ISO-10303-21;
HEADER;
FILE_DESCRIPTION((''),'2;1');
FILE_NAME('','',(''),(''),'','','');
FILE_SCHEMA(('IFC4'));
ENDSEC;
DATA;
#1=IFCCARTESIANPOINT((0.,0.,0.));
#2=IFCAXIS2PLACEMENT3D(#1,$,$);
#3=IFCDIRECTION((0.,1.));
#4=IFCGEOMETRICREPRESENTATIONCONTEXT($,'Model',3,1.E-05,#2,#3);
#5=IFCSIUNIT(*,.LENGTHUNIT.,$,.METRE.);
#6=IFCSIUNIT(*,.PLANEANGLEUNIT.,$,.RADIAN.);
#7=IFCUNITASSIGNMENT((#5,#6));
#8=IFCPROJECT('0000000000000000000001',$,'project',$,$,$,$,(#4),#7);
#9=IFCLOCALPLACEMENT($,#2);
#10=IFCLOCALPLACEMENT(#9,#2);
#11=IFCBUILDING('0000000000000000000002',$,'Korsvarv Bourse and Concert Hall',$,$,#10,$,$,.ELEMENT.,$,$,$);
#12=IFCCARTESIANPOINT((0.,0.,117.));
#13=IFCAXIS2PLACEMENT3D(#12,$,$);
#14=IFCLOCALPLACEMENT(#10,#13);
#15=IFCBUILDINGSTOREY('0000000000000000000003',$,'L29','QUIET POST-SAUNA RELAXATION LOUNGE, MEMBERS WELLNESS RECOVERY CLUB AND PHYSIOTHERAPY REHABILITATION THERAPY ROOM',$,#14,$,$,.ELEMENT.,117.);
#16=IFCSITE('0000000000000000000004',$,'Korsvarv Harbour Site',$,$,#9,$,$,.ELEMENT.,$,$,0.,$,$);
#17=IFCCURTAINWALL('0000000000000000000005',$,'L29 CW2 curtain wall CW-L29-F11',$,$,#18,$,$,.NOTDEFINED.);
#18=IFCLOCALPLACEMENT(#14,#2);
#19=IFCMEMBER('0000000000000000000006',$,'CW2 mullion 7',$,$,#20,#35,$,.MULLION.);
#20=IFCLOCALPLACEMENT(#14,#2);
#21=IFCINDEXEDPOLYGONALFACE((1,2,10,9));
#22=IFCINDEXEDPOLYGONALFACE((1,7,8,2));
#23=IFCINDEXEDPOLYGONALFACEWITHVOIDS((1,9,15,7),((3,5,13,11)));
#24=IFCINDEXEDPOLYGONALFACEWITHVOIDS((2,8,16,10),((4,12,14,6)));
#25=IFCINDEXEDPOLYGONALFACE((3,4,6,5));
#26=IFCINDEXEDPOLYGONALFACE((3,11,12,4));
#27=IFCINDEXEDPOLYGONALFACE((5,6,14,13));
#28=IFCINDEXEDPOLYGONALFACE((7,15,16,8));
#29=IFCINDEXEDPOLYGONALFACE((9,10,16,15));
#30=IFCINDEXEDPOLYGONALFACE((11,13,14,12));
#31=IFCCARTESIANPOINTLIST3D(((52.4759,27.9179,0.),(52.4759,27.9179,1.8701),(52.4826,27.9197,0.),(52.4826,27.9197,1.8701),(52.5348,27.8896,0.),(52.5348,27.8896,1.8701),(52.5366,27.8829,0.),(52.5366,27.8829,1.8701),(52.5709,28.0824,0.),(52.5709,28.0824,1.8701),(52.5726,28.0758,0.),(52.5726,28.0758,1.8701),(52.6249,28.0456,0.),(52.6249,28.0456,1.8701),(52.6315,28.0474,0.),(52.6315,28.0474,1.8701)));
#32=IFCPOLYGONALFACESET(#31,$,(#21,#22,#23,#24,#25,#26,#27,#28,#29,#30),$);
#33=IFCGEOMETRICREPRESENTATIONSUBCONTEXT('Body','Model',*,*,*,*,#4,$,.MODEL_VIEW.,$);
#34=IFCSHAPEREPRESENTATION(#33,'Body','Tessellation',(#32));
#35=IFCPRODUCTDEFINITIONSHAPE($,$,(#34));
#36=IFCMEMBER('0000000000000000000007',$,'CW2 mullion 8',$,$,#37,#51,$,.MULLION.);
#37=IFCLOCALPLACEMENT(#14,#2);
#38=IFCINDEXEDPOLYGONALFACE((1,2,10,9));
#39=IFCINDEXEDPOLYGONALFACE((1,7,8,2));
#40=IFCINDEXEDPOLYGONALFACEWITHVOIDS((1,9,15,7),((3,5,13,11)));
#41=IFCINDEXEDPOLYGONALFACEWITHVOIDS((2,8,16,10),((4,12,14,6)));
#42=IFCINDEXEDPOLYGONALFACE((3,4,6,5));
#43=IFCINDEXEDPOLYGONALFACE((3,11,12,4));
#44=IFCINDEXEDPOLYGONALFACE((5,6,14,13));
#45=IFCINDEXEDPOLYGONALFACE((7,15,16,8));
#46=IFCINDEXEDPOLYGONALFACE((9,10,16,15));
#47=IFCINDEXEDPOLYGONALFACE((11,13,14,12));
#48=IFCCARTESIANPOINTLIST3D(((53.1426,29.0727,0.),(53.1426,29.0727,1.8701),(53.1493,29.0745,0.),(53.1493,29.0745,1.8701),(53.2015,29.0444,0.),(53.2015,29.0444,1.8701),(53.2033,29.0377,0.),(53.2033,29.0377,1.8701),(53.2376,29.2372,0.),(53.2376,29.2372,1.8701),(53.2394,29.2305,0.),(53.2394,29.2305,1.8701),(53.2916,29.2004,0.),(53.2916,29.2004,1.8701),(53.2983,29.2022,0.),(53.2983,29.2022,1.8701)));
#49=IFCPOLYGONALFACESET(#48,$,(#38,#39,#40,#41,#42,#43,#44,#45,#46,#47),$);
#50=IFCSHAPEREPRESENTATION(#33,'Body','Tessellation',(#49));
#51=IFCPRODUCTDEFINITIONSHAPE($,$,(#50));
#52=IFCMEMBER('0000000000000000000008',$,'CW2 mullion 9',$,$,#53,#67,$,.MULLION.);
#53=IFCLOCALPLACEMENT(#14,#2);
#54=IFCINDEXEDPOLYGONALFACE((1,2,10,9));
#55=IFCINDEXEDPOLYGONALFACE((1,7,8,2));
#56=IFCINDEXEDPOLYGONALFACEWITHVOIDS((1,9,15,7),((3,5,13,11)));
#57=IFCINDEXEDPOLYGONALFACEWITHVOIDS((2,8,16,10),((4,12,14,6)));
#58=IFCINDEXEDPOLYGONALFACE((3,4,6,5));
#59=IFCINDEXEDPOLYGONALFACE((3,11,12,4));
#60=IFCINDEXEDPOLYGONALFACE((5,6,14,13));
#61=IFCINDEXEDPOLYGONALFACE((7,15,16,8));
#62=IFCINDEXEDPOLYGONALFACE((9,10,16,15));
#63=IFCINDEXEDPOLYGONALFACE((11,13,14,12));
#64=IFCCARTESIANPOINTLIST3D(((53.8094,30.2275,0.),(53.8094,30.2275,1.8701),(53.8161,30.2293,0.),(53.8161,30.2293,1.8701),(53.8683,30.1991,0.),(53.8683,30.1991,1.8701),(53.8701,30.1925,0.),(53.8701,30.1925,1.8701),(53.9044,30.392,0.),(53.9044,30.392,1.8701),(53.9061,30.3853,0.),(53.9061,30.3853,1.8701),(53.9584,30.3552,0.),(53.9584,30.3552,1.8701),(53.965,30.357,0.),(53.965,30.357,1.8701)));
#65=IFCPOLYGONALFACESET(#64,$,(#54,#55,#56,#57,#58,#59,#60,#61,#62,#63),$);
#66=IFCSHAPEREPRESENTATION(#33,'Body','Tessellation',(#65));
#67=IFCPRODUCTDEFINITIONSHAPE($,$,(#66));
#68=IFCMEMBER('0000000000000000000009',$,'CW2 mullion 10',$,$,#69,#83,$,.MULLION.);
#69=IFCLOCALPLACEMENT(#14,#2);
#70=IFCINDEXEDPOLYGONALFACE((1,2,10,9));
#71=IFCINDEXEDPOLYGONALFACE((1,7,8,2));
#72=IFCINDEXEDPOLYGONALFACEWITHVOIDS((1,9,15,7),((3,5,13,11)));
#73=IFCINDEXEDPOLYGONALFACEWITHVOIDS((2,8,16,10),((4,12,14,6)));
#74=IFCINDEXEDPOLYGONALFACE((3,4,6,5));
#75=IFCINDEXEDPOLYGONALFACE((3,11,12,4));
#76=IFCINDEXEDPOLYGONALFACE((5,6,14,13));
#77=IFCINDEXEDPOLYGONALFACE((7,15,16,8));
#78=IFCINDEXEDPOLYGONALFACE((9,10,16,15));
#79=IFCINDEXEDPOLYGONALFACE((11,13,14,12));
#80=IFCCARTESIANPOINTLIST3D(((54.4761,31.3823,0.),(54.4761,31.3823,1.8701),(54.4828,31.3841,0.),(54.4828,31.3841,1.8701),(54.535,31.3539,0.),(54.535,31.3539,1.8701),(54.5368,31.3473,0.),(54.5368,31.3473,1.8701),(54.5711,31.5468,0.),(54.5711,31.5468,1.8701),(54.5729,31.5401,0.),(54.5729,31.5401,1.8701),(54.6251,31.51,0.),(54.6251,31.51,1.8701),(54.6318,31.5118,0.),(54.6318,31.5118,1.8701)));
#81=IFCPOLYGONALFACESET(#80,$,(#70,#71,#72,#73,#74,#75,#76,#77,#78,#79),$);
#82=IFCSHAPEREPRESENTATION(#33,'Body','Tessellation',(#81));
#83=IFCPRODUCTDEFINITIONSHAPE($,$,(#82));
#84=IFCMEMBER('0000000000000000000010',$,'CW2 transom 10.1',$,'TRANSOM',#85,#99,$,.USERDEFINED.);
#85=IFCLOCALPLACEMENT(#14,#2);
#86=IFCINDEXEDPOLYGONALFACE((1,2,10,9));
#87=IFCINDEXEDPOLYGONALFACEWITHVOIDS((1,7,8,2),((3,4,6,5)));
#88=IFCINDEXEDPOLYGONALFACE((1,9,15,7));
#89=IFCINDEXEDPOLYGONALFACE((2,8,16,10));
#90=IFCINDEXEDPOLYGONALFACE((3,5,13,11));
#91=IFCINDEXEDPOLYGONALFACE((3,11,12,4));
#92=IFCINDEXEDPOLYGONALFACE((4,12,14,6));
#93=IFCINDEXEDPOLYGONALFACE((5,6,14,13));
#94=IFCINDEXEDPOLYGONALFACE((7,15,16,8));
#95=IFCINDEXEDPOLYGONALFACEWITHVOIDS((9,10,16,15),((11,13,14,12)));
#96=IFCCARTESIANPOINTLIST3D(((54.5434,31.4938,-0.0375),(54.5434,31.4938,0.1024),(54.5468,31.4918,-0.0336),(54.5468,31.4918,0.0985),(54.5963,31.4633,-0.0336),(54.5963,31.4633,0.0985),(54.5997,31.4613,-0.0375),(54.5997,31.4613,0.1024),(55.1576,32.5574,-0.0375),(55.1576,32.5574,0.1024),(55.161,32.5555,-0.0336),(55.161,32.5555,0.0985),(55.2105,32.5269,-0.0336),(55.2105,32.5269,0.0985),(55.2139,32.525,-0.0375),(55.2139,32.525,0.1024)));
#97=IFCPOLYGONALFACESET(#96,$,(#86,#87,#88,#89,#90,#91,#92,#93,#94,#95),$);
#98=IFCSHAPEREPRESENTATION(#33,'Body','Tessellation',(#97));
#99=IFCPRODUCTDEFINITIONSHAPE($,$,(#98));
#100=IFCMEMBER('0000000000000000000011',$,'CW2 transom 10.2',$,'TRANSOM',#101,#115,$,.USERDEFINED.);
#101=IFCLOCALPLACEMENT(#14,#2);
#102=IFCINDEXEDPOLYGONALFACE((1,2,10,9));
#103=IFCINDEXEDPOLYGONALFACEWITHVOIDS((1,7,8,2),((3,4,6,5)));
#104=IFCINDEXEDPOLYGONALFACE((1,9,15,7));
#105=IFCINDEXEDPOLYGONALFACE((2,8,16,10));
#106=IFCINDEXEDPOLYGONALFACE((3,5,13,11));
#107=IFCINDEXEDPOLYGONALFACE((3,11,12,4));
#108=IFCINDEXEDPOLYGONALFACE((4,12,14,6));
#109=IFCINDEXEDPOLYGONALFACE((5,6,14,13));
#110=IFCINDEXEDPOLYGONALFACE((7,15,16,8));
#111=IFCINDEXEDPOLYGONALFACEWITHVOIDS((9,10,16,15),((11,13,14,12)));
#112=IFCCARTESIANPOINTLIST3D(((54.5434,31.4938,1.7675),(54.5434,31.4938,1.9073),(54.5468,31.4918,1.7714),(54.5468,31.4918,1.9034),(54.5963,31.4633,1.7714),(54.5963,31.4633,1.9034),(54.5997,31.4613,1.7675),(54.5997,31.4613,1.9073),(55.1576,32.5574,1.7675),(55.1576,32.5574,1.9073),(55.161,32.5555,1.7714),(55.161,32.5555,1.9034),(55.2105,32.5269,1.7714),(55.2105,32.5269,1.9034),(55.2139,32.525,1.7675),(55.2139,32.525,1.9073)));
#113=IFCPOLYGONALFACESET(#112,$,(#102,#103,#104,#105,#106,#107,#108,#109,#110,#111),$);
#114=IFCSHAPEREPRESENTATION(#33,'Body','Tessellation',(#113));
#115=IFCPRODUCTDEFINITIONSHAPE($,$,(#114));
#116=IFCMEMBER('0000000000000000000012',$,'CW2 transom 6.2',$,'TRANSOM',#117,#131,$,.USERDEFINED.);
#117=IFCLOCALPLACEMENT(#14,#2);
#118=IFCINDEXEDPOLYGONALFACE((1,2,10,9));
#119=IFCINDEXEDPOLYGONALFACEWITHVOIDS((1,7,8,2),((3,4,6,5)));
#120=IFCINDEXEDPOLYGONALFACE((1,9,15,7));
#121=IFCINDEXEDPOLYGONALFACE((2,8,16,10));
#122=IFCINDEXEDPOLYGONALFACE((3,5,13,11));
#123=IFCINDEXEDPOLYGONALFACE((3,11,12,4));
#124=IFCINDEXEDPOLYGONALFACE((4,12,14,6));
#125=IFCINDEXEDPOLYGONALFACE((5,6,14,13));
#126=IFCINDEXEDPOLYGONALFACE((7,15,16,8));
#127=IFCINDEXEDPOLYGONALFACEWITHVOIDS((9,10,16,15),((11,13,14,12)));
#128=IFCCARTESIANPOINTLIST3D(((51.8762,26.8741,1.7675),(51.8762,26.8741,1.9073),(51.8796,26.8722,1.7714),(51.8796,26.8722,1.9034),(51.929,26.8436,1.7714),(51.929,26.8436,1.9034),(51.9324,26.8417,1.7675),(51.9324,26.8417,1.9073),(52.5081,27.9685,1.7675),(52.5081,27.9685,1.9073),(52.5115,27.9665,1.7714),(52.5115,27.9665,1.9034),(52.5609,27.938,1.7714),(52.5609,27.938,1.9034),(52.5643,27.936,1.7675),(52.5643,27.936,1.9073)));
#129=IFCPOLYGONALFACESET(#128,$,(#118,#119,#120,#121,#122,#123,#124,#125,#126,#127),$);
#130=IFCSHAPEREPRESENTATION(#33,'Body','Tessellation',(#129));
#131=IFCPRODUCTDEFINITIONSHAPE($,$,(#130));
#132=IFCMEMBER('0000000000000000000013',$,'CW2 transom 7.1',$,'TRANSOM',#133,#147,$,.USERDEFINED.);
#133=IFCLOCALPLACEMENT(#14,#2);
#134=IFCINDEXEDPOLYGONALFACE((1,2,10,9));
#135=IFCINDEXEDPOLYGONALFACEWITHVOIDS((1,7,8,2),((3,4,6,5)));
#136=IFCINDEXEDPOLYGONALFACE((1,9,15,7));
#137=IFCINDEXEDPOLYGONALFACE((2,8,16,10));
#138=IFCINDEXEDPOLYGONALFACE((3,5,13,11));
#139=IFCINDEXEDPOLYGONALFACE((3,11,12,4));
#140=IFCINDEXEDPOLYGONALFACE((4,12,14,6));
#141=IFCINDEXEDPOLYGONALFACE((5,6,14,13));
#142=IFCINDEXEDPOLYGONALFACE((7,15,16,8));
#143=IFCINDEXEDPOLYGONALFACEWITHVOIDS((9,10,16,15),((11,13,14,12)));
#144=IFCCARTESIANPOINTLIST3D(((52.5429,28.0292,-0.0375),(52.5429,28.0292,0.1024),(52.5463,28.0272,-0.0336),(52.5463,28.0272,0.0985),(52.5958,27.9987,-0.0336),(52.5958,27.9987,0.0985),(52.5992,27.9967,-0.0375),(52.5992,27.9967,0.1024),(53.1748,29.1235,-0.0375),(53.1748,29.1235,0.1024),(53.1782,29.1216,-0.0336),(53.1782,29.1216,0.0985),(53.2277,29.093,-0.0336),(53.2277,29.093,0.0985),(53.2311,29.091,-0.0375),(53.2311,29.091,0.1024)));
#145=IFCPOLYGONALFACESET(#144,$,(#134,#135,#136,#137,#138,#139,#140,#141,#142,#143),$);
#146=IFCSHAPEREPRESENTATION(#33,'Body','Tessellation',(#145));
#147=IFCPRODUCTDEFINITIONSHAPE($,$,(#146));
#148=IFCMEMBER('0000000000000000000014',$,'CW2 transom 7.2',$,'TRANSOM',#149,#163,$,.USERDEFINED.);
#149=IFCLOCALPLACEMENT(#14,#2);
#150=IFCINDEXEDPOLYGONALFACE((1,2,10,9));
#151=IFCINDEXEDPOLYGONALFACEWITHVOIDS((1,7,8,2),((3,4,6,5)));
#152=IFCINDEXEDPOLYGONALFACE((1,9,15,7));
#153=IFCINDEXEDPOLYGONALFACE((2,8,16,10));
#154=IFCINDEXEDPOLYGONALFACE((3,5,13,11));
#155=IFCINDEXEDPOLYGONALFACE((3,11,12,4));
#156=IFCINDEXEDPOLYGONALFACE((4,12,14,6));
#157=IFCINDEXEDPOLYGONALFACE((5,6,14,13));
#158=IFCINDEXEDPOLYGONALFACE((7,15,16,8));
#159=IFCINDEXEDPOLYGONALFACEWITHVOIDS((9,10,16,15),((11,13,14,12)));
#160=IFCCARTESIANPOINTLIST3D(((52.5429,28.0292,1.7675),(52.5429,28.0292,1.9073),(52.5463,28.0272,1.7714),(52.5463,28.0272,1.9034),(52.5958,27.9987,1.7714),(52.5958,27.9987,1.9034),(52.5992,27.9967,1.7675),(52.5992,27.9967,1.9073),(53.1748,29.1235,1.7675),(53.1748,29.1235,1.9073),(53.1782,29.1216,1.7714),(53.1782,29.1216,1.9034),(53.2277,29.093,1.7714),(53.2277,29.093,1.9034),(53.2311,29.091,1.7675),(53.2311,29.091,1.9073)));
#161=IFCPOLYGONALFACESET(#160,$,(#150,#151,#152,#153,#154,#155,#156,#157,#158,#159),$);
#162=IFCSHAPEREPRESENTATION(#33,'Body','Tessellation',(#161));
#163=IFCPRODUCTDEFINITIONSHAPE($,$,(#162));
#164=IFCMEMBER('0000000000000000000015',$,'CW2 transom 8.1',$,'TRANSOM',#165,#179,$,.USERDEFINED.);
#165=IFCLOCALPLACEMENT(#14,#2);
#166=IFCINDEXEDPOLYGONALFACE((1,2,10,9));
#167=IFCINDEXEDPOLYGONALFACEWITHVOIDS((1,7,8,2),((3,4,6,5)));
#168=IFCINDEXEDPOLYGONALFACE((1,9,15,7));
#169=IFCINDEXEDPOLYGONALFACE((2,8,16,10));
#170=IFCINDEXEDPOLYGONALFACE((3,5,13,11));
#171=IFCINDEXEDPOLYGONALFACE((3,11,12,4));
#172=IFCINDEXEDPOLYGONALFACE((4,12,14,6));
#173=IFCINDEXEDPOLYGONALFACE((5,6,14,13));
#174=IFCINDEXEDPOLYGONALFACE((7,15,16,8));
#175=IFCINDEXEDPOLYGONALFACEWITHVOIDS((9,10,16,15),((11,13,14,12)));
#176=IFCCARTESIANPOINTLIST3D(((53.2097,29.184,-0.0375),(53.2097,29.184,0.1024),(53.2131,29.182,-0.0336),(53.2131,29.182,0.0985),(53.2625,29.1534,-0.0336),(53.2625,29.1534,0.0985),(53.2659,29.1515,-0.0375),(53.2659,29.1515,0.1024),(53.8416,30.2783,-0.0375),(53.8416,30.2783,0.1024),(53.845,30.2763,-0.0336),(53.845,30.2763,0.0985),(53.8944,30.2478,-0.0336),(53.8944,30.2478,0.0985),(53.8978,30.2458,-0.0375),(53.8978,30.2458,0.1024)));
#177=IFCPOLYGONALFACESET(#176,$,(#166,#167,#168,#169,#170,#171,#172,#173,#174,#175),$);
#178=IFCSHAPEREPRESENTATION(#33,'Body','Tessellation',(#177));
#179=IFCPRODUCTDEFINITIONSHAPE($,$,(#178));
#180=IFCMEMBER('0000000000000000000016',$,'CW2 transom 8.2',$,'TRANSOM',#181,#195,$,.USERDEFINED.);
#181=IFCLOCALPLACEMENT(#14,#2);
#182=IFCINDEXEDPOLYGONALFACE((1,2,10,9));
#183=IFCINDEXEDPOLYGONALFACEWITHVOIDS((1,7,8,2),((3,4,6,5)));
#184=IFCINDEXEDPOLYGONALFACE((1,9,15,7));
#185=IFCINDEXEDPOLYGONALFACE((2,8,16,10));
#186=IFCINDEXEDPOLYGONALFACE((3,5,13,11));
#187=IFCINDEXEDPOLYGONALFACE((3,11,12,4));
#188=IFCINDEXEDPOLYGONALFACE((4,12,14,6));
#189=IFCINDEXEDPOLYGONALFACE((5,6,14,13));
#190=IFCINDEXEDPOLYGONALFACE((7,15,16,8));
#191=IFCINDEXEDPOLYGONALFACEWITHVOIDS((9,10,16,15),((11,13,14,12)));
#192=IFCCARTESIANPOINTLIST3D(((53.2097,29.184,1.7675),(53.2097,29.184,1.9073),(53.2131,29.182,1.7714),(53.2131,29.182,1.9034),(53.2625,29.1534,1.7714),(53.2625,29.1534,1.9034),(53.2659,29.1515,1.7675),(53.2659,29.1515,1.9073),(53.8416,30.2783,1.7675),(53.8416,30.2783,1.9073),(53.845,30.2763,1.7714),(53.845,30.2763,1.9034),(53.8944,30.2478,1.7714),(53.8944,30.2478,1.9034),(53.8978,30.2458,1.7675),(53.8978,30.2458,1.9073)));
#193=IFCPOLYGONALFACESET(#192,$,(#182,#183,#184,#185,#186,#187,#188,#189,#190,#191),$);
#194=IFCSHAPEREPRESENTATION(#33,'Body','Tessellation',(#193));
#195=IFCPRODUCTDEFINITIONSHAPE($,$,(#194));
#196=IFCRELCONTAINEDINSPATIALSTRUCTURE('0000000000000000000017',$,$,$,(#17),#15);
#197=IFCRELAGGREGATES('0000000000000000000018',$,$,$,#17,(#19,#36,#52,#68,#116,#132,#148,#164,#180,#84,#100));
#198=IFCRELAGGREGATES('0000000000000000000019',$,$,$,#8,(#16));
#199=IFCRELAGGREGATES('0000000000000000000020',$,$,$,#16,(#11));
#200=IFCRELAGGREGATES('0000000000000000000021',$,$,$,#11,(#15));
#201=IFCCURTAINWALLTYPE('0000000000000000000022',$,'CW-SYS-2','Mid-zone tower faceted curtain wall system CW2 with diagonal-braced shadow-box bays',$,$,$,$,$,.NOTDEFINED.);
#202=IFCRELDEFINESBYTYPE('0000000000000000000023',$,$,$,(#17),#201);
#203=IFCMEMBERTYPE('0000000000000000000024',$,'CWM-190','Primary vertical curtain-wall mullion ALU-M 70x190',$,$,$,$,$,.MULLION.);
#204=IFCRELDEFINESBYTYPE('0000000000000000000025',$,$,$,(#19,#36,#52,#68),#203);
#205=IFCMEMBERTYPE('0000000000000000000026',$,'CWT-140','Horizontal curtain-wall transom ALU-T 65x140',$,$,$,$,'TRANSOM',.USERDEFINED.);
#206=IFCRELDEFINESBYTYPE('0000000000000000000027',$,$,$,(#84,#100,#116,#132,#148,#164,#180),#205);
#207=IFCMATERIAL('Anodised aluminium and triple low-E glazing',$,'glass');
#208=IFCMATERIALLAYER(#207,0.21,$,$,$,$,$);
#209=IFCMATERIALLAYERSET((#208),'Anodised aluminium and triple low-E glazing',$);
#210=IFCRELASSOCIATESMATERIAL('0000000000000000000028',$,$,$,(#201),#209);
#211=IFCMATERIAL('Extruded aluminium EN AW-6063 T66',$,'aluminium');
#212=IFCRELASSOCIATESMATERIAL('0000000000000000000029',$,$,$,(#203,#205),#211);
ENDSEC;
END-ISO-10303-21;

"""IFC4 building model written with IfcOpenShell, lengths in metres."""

from ifc_helpers import new_model, si_unit, direction, frame, origin, origin_2d, place, context, subcontext, project, spatial, hollow_rectangle, extrude, source, transform, mapped, material, layer, layer_set, material_profile, profile_set, type_object, element, aggregate, save


model = new_model("IFC4")

# Units and contexts
model_context = context("Model", 3, precision=1e-05, world=origin(), true_north=direction((0.0, 1.0)))
body_context = subcontext(model_context, "Body", "Model", "MODEL_VIEW")
ifc_project = project(units=[si_unit("LENGTHUNIT", "METRE"), si_unit("PLANEANGLEUNIT", "RADIAN")], contexts=[model_context])

# Site, building, storey
site_placement = place(None, origin())
site = spatial("IfcSite", under=ifc_project, at=site_placement, Name="Korsvarv Harbour Site", CompositionType="ELEMENT", RefElevation=0.0)
building_placement = place(site_placement, origin())
building = spatial("IfcBuilding", under=site, at=building_placement, Name="Korsvarv Bourse and Concert Hall", CompositionType="ELEMENT")
storey_placement = place(building_placement, frame((0.0, 0.0, 117.0)))
storey = spatial("IfcBuildingStorey", under=building, at=storey_placement, Name="L29", Description="QUIET POST-SAUNA RELAXATION LOUNGE, MEMBERS WELLNESS RECOVERY CLUB AND PHYSIOTHERAPY REHABILITATION THERAPY ROOM", CompositionType="ELEMENT", Elevation=117.0)

# Curtain wall, members
ifc_material_1 = material(Name="Anodised aluminium and triple low-E glazing", Category="glass")
ifc_layer_1 = layer(ifc_material_1, 0.21)
ifc_layer_set_1 = layer_set([ifc_layer_1], Name="Anodised aluminium and triple low-E glazing")
curtain_wall_type = type_object("IfcCurtainWallType", Name="CW-SYS-2", Description="Mid-zone tower faceted curtain wall system CW2 with diagonal-braced shadow-box bays", PredefinedType="NOTDEFINED", material=ifc_layer_set_1)
curtain_wall_placement = place(storey_placement, origin())
curtain_wall = element("IfcCurtainWall", 1, at=curtain_wall_placement, inside=storey, type_object=curtain_wall_type, Name="L29 CW2 curtain wall CW-L29-F11", PredefinedType="NOTDEFINED")
ifc_material_2 = material(Name="Extruded aluminium EN AW-6063 T66", Category="aluminium")
ifc_material_profile_1 = material_profile(ifc_material_2, hollow_rectangle(XDim=0.0701, YDim=0.1899, WallThickness=0.0049, at=origin_2d()), Name="ALU-M 70x190")
ifc_profile_set_1 = profile_set([ifc_material_profile_1], Name="Extruded aluminium EN AW-6063 T66")
member_type_1 = type_object("IfcMemberType", Name="CWM-190", Description="Primary vertical curtain-wall mullion ALU-M 70x190", PredefinedType="MULLION", material=ifc_profile_set_1)
shared_shape_1 = source(origin(), body_context, "Body", "SweptSolid", [
    extrude(hollow_rectangle(XDim=0.0701, YDim=0.1899, WallThickness=0.0049, at=origin_2d()), origin(), (0.0, 0.0, 1.0), 1.8701),
])
member_1_placement = place(storey_placement, frame((52.5537, 27.9827, 0.0), z_axis=(0.0, 0.0, 1.0), x_axis=(-0.866022, 0.500006, 0.0)))
member_1 = element("IfcMember", 2, at=member_1_placement, type_object=member_type_1, Name="CW2 mullion 7", PredefinedType="MULLION", context=body_context, shape_type="MappedRepresentation", body=[
    mapped(shared_shape_1, transform((0.0, 0.0, 0.0), scale=1.0)),
])
member_2_placement = place(storey_placement, frame((53.2205, 29.1375, 0.0), z_axis=(0.0, 0.0, 1.0), x_axis=(-0.866022, 0.500006, 0.0)))
member_2 = element("IfcMember", 3, at=member_2_placement, type_object=member_type_1, Name="CW2 mullion 8", PredefinedType="MULLION", context=body_context, shape_type="MappedRepresentation", body=[
    mapped(shared_shape_1, transform((0.0, 0.0, 0.0), scale=1.0)),
])
member_3_placement = place(storey_placement, frame((53.8872, 30.2922, 0.0), z_axis=(0.0, 0.0, 1.0), x_axis=(-0.866022, 0.500006, 0.0)))
member_3 = element("IfcMember", 4, at=member_3_placement, type_object=member_type_1, Name="CW2 mullion 9", PredefinedType="MULLION", context=body_context, shape_type="MappedRepresentation", body=[
    mapped(shared_shape_1, transform((0.0, 0.0, 0.0), scale=1.0)),
])
member_4_placement = place(storey_placement, frame((54.554, 31.447, 0.0), z_axis=(0.0, 0.0, 1.0), x_axis=(-0.866022, 0.500006, 0.0)))
member_4 = element("IfcMember", 5, at=member_4_placement, type_object=member_type_1, Name="CW2 mullion 10", PredefinedType="MULLION", context=body_context, shape_type="MappedRepresentation", body=[
    mapped(shared_shape_1, transform((0.0, 0.0, 0.0), scale=1.0)),
])
ifc_material_profile_2 = material_profile(ifc_material_2, hollow_rectangle(XDim=0.0649, YDim=0.1399, WallThickness=0.0039, at=origin_2d()), Name="ALU-T 65x140")
ifc_profile_set_2 = profile_set([ifc_material_profile_2], Name="Extruded aluminium EN AW-6063 T66")
member_type_2 = type_object("IfcMemberType", Name="CWT-140", Description="Horizontal curtain-wall transom ALU-T 65x140", ElementType="TRANSOM", PredefinedType="USERDEFINED", material=ifc_profile_set_2)
shared_shape_2 = source(origin(), body_context, "Body", "SweptSolid", [
    extrude(hollow_rectangle(XDim=0.0649, YDim=0.1399, WallThickness=0.0039, at=origin_2d()), origin(), (0.0, 0.0, 1.0), 1.2283),
])
member_5_placement = place(storey_placement, frame((54.5715, 31.4775, 0.0325), z_axis=(0.500072, 0.865984, 0.0), x_axis=(-0.865984, 0.500072, 0.0)))
member_5 = element("IfcMember", 6, at=member_5_placement, type_object=member_type_2, Name="CW2 transom 10.1", ObjectType="TRANSOM", PredefinedType="USERDEFINED", context=body_context, shape_type="MappedRepresentation", body=[
    mapped(shared_shape_2, transform((0.0, 0.0, 0.0), scale=1.0)),
])
member_6_placement = place(storey_placement, frame((54.5715, 31.4775, 1.8374), z_axis=(0.500072, 0.865984, 0.0), x_axis=(-0.865984, 0.500072, 0.0)))
member_6 = element("IfcMember", 7, at=member_6_placement, type_object=member_type_2, Name="CW2 transom 10.2", ObjectType="TRANSOM", PredefinedType="USERDEFINED", context=body_context, shape_type="MappedRepresentation", body=[
    mapped(shared_shape_2, transform((0.0, 0.0, 0.0), scale=1.0)),
])
shared_shape_3 = source(origin(), body_context, "Body", "SweptSolid", [
    extrude(hollow_rectangle(XDim=0.0649, YDim=0.1399, WallThickness=0.0039, at=origin_2d()), origin(), (0.0, 0.0, 1.0), 1.2637),
])
member_7_placement = place(storey_placement, frame((51.9043, 26.8579, 1.8374), z_axis=(0.500046, 0.865999, 0.0), x_axis=(-0.865999, 0.500046, 0.0)))
member_7 = element("IfcMember", 8, at=member_7_placement, type_object=member_type_2, Name="CW2 transom 6.2", ObjectType="TRANSOM", PredefinedType="USERDEFINED", context=body_context, shape_type="MappedRepresentation", body=[
    mapped(shared_shape_3, transform((0.0, 0.0, 0.0), scale=1.0)),
])
member_8_placement = place(storey_placement, frame((52.571, 28.0129, 0.0325), z_axis=(0.500046, 0.865999, 0.0), x_axis=(-0.865999, 0.500046, 0.0)))
member_8 = element("IfcMember", 9, at=member_8_placement, type_object=member_type_2, Name="CW2 transom 7.1", ObjectType="TRANSOM", PredefinedType="USERDEFINED", context=body_context, shape_type="MappedRepresentation", body=[
    mapped(shared_shape_3, transform((0.0, 0.0, 0.0), scale=1.0)),
])
member_9_placement = place(storey_placement, frame((52.571, 28.0129, 1.8374), z_axis=(0.500046, 0.865999, 0.0), x_axis=(-0.865999, 0.500046, 0.0)))
member_9 = element("IfcMember", 10, at=member_9_placement, type_object=member_type_2, Name="CW2 transom 7.2", ObjectType="TRANSOM", PredefinedType="USERDEFINED", context=body_context, shape_type="MappedRepresentation", body=[
    mapped(shared_shape_3, transform((0.0, 0.0, 0.0), scale=1.0)),
])
member_10_placement = place(storey_placement, frame((53.2378, 29.1677, 0.0325), z_axis=(0.500046, 0.865999, 0.0), x_axis=(-0.865999, 0.500046, 0.0)))
member_10 = element("IfcMember", 11, at=member_10_placement, type_object=member_type_2, Name="CW2 transom 8.1", ObjectType="TRANSOM", PredefinedType="USERDEFINED", context=body_context, shape_type="MappedRepresentation", body=[
    mapped(shared_shape_3, transform((0.0, 0.0, 0.0), scale=1.0)),
])
member_11_placement = place(storey_placement, frame((53.2378, 29.1677, 1.8374), z_axis=(0.500046, 0.865999, 0.0), x_axis=(-0.865999, 0.500046, 0.0)))
member_11 = element("IfcMember", 12, at=member_11_placement, type_object=member_type_2, Name="CW2 transom 8.2", ObjectType="TRANSOM", PredefinedType="USERDEFINED", context=body_context, shape_type="MappedRepresentation", body=[
    mapped(shared_shape_3, transform((0.0, 0.0, 0.0), scale=1.0)),
])
aggregate(curtain_wall, [member_1, member_2, member_3, member_4, member_7, member_8, member_9, member_10, member_11, member_5, member_6])

save(model, "model.ifc")
